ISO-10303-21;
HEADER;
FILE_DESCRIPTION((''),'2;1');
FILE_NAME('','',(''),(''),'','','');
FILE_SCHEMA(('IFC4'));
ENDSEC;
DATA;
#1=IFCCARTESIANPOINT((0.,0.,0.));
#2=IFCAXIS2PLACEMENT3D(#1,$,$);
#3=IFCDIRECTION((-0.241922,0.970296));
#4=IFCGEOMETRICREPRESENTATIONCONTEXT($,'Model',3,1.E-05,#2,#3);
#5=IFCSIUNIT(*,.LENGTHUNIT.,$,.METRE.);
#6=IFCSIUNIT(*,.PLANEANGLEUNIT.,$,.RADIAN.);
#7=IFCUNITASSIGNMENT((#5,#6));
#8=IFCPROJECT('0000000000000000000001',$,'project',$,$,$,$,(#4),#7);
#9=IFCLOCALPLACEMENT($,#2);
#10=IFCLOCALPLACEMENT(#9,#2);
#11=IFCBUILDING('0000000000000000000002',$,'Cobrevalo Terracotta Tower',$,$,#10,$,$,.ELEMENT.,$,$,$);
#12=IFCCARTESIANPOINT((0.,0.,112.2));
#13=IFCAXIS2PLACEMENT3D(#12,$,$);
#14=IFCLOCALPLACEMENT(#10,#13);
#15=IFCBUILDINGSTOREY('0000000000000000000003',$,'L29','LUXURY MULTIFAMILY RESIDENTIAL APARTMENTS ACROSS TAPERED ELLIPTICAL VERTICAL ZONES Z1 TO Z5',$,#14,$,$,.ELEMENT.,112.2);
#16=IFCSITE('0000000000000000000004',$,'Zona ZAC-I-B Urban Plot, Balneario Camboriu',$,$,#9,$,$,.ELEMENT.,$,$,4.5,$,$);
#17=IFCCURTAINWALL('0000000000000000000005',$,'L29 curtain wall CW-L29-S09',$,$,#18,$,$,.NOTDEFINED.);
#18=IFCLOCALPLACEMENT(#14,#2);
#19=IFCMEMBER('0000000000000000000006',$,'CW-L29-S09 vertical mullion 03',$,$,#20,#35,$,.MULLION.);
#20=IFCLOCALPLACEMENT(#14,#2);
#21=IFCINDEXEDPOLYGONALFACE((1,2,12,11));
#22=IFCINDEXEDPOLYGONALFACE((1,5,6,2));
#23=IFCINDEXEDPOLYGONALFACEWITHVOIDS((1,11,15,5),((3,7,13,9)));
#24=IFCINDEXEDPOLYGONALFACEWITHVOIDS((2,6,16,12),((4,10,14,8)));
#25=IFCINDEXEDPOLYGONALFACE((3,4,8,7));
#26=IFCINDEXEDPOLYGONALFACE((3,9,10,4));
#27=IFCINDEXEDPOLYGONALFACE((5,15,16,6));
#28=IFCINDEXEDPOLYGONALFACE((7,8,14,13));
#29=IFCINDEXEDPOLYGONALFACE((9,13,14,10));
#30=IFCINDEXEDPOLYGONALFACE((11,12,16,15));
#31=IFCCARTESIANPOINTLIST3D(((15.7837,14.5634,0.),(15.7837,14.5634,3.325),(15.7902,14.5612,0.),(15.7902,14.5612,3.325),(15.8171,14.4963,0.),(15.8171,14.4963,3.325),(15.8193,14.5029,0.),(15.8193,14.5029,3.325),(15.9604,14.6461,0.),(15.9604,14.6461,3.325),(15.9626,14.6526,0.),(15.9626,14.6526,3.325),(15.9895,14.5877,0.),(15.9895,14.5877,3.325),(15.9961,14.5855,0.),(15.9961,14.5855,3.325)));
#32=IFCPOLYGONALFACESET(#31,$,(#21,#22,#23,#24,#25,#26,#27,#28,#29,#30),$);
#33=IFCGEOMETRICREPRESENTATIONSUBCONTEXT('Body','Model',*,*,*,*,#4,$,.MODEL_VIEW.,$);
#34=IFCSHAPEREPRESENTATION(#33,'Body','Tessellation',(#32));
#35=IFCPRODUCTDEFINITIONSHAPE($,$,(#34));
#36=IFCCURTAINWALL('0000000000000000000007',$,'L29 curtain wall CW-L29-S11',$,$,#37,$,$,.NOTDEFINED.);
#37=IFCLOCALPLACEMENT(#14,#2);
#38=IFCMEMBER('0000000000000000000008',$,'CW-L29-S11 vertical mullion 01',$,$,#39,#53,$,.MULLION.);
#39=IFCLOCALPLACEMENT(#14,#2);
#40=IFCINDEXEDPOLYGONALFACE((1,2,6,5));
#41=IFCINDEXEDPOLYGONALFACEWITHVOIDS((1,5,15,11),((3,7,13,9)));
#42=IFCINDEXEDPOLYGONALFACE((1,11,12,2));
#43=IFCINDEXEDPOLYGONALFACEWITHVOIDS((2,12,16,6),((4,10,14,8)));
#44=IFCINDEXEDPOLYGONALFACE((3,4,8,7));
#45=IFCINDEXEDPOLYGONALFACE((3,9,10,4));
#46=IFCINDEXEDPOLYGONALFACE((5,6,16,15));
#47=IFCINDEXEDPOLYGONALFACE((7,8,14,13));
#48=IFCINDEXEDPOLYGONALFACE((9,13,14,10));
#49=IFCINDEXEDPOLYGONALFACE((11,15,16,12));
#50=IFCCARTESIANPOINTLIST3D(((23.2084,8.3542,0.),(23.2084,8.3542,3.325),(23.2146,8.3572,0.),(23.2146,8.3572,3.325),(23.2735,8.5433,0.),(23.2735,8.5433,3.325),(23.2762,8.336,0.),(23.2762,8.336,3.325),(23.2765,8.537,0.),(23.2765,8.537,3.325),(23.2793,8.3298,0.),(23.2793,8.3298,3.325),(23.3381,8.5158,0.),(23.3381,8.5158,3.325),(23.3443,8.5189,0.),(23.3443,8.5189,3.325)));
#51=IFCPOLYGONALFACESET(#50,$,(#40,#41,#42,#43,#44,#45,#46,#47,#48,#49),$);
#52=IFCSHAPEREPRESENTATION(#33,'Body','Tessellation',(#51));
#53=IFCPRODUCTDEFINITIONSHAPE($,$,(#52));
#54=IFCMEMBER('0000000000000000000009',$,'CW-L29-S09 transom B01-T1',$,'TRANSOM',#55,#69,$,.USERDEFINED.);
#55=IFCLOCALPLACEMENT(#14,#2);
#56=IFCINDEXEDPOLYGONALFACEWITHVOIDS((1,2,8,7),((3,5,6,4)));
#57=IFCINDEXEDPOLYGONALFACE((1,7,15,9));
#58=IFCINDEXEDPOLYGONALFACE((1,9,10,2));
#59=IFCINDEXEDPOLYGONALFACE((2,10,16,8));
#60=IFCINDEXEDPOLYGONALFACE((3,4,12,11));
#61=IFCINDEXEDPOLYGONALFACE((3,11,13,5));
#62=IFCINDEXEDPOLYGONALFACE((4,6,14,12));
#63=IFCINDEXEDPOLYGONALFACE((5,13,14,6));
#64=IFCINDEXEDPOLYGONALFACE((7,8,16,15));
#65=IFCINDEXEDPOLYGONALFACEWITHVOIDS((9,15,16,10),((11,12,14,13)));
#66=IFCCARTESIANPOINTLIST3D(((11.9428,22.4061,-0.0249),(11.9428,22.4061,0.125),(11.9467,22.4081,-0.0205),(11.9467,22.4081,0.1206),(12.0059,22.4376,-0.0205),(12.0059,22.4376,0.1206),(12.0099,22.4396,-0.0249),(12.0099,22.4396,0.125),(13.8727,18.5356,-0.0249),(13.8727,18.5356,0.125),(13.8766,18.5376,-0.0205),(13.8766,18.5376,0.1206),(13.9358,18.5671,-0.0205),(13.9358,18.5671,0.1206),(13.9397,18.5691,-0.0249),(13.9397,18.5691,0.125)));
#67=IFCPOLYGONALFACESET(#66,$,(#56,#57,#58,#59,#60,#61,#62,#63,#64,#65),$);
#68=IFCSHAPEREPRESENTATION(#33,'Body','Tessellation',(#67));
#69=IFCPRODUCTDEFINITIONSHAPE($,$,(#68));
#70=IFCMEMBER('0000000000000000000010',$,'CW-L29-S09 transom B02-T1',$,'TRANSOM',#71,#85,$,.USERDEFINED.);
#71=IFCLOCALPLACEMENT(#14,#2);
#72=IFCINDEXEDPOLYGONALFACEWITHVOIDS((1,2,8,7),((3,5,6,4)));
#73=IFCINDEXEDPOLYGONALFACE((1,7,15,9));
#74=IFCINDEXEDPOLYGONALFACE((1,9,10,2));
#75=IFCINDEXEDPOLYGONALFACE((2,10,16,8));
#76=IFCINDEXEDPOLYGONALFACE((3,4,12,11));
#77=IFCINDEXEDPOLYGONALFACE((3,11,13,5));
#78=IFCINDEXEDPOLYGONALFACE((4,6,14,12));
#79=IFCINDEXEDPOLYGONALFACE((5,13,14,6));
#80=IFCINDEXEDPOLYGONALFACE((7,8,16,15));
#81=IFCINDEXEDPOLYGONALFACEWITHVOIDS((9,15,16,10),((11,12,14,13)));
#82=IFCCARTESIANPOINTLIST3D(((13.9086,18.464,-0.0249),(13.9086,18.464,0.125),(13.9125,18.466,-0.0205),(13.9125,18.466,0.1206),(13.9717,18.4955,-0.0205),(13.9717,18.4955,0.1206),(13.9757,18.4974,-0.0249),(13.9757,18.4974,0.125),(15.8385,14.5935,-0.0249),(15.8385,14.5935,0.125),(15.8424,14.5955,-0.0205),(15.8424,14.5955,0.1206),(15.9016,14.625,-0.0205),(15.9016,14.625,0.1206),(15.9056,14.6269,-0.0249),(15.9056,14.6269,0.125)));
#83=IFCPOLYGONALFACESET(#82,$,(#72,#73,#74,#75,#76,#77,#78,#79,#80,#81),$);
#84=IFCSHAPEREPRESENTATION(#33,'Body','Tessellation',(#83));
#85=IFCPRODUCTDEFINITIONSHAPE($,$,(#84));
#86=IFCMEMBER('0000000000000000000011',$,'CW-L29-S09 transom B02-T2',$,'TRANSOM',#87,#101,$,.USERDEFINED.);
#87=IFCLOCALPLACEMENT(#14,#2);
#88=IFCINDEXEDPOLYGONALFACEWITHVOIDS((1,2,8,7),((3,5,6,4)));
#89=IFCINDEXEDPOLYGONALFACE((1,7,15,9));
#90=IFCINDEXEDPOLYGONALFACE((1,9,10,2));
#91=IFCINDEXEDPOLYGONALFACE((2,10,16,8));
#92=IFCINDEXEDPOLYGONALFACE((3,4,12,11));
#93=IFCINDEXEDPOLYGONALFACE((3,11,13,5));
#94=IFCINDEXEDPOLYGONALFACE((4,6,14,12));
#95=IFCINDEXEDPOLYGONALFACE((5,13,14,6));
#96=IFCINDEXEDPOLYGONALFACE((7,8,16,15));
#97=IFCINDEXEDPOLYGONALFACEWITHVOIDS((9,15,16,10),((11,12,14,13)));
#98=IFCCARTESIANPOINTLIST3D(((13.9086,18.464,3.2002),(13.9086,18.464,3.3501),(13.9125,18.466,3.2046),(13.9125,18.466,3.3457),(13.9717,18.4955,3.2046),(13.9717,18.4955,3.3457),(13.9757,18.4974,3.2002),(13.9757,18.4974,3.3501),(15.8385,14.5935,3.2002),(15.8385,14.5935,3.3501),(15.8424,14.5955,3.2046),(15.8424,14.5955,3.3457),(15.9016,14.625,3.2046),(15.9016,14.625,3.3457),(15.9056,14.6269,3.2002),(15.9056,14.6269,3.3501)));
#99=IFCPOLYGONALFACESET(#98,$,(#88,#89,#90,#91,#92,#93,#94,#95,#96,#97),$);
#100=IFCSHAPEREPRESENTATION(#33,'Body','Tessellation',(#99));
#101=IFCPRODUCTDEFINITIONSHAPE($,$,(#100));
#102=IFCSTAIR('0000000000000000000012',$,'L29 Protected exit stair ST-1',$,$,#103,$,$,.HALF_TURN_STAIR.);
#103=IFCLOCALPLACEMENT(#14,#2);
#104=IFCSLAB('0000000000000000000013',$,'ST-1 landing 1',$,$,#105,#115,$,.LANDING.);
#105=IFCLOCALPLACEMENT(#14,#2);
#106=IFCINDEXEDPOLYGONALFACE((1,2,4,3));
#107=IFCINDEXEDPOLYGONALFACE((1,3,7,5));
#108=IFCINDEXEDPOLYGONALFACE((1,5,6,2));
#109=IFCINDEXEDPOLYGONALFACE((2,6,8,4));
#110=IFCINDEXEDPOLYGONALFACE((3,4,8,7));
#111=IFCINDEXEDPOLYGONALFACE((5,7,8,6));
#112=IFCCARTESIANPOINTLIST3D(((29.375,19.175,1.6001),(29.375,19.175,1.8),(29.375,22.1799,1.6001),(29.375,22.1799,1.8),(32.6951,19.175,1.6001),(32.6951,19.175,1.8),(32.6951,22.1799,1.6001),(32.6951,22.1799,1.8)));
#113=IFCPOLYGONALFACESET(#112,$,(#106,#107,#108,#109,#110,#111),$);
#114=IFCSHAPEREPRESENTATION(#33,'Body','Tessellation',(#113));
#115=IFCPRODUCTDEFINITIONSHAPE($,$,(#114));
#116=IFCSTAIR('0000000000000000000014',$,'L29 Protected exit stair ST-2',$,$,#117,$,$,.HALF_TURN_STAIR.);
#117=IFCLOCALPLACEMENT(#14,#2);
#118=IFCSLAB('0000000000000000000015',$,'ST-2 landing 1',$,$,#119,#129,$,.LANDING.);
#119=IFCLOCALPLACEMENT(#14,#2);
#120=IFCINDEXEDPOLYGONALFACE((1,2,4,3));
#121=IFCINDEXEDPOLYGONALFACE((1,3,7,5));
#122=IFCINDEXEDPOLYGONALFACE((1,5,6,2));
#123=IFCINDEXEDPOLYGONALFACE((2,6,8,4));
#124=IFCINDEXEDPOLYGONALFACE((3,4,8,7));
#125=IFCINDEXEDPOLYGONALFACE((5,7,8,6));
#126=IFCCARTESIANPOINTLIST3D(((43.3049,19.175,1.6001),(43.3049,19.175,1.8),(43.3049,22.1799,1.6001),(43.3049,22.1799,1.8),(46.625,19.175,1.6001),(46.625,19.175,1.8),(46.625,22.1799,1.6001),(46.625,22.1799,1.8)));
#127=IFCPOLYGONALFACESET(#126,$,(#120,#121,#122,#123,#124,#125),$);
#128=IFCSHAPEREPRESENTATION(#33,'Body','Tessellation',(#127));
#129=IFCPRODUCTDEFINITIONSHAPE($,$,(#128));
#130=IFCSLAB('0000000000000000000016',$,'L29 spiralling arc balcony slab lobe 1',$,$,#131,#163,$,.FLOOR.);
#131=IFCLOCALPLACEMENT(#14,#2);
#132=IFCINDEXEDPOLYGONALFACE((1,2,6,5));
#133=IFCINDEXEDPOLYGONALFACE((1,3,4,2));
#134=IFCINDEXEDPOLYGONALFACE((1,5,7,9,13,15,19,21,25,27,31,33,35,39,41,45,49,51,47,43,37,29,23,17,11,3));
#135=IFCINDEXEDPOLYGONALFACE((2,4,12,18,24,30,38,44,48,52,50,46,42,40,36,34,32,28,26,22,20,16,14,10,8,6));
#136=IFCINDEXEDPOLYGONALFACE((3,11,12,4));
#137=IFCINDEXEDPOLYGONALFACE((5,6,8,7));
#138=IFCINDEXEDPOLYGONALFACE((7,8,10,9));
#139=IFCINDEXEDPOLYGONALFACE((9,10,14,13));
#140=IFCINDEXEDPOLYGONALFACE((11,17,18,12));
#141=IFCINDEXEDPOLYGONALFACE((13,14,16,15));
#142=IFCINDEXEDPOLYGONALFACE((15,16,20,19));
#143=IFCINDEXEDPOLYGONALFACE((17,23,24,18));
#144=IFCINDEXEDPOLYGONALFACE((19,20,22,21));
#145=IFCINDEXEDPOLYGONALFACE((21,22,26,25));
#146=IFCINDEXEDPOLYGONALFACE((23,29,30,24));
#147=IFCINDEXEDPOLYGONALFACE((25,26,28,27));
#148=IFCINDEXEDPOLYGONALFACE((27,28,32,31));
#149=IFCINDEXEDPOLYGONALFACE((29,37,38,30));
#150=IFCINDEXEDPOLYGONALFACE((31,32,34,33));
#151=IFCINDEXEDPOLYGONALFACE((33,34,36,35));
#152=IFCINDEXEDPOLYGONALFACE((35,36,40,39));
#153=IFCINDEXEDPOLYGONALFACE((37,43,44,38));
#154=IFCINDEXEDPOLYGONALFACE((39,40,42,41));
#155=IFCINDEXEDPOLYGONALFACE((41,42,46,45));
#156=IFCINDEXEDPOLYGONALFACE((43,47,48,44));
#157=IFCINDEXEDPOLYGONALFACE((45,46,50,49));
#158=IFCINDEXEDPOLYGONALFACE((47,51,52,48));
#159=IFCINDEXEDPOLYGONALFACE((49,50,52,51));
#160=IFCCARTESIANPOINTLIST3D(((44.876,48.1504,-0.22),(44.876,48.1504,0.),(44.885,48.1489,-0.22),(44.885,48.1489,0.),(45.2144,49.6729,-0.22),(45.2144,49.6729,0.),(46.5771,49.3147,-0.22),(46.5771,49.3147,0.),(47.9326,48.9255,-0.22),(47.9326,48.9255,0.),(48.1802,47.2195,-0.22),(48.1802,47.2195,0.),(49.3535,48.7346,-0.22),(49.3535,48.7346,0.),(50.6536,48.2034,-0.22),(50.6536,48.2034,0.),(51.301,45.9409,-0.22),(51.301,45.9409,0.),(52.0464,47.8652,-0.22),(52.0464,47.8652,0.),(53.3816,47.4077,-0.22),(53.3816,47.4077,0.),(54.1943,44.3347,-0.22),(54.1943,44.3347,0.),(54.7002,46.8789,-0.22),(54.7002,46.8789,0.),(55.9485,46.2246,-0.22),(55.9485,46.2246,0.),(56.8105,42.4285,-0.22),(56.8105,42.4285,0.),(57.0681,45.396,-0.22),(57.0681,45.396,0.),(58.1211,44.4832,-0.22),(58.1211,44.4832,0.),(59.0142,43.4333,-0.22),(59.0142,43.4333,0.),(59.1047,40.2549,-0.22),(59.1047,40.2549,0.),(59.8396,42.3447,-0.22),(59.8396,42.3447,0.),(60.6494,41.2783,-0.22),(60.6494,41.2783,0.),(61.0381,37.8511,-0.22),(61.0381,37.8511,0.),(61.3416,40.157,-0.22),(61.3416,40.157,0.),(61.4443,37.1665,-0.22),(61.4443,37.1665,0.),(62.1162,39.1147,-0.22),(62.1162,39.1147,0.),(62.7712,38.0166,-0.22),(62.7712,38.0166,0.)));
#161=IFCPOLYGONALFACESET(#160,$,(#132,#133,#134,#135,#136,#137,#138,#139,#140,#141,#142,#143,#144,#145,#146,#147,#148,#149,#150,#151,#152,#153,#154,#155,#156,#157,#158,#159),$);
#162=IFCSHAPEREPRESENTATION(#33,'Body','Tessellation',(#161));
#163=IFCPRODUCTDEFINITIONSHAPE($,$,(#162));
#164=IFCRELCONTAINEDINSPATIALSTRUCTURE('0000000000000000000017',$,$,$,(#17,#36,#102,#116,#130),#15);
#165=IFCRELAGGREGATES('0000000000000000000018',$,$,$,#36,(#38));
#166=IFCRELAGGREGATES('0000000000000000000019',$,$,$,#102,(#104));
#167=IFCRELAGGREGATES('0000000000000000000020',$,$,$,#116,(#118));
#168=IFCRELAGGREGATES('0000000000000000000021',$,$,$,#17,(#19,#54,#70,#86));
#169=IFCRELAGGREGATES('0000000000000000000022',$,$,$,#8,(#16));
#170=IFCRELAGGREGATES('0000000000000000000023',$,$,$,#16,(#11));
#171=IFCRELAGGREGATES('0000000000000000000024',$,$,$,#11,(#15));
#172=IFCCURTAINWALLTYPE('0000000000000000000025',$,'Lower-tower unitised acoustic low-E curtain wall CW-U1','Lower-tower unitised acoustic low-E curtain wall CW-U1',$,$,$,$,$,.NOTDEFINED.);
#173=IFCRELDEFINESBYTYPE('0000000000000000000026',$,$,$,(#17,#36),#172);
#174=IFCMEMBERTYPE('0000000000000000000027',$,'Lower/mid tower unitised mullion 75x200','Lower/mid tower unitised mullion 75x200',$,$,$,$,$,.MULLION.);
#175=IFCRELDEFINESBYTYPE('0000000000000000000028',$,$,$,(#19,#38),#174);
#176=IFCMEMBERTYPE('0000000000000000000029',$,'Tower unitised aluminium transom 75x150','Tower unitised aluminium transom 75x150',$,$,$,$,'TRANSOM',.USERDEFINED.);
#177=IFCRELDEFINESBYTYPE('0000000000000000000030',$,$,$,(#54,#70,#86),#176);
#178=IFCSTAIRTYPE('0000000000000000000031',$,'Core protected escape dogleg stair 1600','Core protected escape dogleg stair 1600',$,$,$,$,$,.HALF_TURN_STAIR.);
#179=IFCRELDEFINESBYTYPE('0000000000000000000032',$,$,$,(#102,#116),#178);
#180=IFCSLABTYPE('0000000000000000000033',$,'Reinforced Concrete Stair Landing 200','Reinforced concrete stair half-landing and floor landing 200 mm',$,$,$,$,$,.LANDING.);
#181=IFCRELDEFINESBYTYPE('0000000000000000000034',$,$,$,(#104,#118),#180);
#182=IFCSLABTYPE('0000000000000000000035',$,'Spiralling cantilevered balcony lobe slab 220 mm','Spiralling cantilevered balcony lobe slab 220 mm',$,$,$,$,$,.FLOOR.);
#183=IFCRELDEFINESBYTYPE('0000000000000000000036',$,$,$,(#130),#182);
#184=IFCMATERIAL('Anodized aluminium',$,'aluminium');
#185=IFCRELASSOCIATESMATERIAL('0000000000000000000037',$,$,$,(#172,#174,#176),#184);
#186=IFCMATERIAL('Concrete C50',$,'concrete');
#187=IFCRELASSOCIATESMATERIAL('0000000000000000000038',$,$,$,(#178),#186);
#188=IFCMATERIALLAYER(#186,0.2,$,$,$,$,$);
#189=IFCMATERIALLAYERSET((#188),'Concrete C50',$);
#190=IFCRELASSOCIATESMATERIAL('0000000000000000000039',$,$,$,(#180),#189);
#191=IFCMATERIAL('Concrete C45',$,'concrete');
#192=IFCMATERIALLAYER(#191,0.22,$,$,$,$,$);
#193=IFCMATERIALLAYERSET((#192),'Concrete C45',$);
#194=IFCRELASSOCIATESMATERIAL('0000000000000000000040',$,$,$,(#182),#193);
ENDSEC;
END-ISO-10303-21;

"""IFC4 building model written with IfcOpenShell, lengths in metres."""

from ifc_helpers import new_model, si_unit, direction, frame, origin, origin_2d, place, context, subcontext, project, spatial, polyline, hollow_rectangle, outline, extrude, source, transform, mapped, material, layer, layer_set, material_profile, profile_set, type_object, element, aggregate, save


model = new_model("IFC4")

# Units and contexts
model_context = context("Model", 3, precision=1e-05, world=origin(), true_north=direction((-0.241922, 0.970296)))
body_context = subcontext(model_context, "Body", "Model", "MODEL_VIEW")
ifc_project = project(units=[si_unit("LENGTHUNIT", "METRE"), si_unit("PLANEANGLEUNIT", "RADIAN")], contexts=[model_context])

# Site, building, storey
site_placement = place(None, origin())
site = spatial("IfcSite", under=ifc_project, at=site_placement, Name="Zona ZAC-I-B Urban Plot, Balneario Camboriu", CompositionType="ELEMENT", RefElevation=4.5)
building_placement = place(site_placement, origin())
building = spatial("IfcBuilding", under=site, at=building_placement, Name="Cobrevalo Terracotta Tower", CompositionType="ELEMENT")
storey_placement = place(building_placement, frame((0.0, 0.0, 112.2)))
storey = spatial("IfcBuildingStorey", under=building, at=storey_placement, Name="L29", Description="LUXURY MULTIFAMILY RESIDENTIAL APARTMENTS ACROSS TAPERED ELLIPTICAL VERTICAL ZONES Z1 TO Z5", CompositionType="ELEMENT", Elevation=112.2)

# Curtain wall, member
ifc_material_1 = material(Name="Anodized aluminium", Category="aluminium")
curtain_wall_type = type_object("IfcCurtainWallType", Name="Lower-tower unitised acoustic low-E curtain wall CW-U1", Description="Lower-tower unitised acoustic low-E curtain wall CW-U1", PredefinedType="NOTDEFINED", material=ifc_material_1)
curtain_wall_1_placement = place(storey_placement, origin())
curtain_wall_1 = element("IfcCurtainWall", 1, at=curtain_wall_1_placement, inside=storey, type_object=curtain_wall_type, Name="L29 curtain wall CW-L29-S09", PredefinedType="NOTDEFINED")
ifc_material_profile_1 = material_profile(ifc_material_1, hollow_rectangle(XDim=0.075, YDim=0.2, WallThickness=0.0049, at=origin_2d()), Name="CWM 75x200")
ifc_profile_set_1 = profile_set([ifc_material_profile_1], Name="Anodized aluminium")
member_type_1 = type_object("IfcMemberType", Name="Lower/mid tower unitised mullion 75x200", Description="Lower/mid tower unitised mullion 75x200", PredefinedType="MULLION", material=ifc_profile_set_1)
shared_shape_1 = source(origin(), body_context, "Body", "SweptSolid", [
    extrude(hollow_rectangle(XDim=0.075, YDim=0.2, WallThickness=0.0049, at=origin_2d()), origin(), (0.0, 0.0, 1.0), 3.325),
])
member_1_placement = place(storey_placement, frame((15.8899, 14.5745, 0.0), z_axis=(0.0, 0.0, 1.0), x_axis=(0.44626, -0.894903, 0.0)))
member_1 = element("IfcMember", 2, at=member_1_placement, type_object=member_type_1, Name="CW-L29-S09 vertical mullion 03", PredefinedType="MULLION", context=body_context, shape_type="MappedRepresentation", body=[
    mapped(shared_shape_1, transform((0.0, 0.0, 0.0), scale=1.0)),
])

# Curtain wall, member
curtain_wall_2_placement = place(storey_placement, origin())
curtain_wall_2 = element("IfcCurtainWall", 3, at=curtain_wall_2_placement, inside=storey, type_object=curtain_wall_type, Name="L29 curtain wall CW-L29-S11", PredefinedType="NOTDEFINED")
member_2_placement = place(storey_placement, frame((23.2764, 8.4365, 0.0), z_axis=(0.0, 0.0, 1.0), x_axis=(0.945598, -0.325337, 0.0)))
member_2 = element("IfcMember", 4, at=member_2_placement, type_object=member_type_1, Name="CW-L29-S11 vertical mullion 01", PredefinedType="MULLION", context=body_context, shape_type="MappedRepresentation", body=[
    mapped(shared_shape_1, transform((0.0, 0.0, 0.0), scale=1.0)),
])
aggregate(curtain_wall_2, [member_2])

# Members
ifc_material_profile_2 = material_profile(ifc_material_1, hollow_rectangle(XDim=0.075, YDim=0.1499, WallThickness=0.0044, at=origin_2d()), Name="CWT 75x150")
ifc_profile_set_2 = profile_set([ifc_material_profile_2], Name="Anodized aluminium")
member_type_2 = type_object("IfcMemberType", Name="Tower unitised aluminium transom 75x150", Description="Tower unitised aluminium transom 75x150", ElementType="TRANSOM", PredefinedType="USERDEFINED", material=ifc_profile_set_2)
shared_shape_2 = source(origin(), body_context, "Body", "SweptSolid", [
    extrude(hollow_rectangle(XDim=0.075, YDim=0.1499, WallThickness=0.0044, at=origin_2d()), origin(), (0.0, 0.0, 1.0), 4.325),
])
member_3_placement = place(storey_placement, frame((11.9763, 22.4229, 0.05), z_axis=(0.44622, -0.894923, 0.0), x_axis=(0.894923, 0.44622, 0.0)))
member_3 = element("IfcMember", 5, at=member_3_placement, type_object=member_type_2, Name="CW-L29-S09 transom B01-T1", ObjectType="TRANSOM", PredefinedType="USERDEFINED", context=body_context, shape_type="MappedRepresentation", body=[
    mapped(shared_shape_2, transform((0.0, 0.0, 0.0), scale=1.0)),
])
member_4_placement = place(storey_placement, frame((13.9421, 18.4807, 0.05), z_axis=(0.44622, -0.894923, 0.0), x_axis=(0.894923, 0.44622, 0.0)))
member_4 = element("IfcMember", 6, at=member_4_placement, type_object=member_type_2, Name="CW-L29-S09 transom B02-T1", ObjectType="TRANSOM", PredefinedType="USERDEFINED", context=body_context, shape_type="MappedRepresentation", body=[
    mapped(shared_shape_2, transform((0.0, 0.0, 0.0), scale=1.0)),
])
member_5_placement = place(storey_placement, frame((13.9421, 18.4807, 3.2751), z_axis=(0.44622, -0.894923, 0.0), x_axis=(0.894923, 0.44622, 0.0)))
member_5 = element("IfcMember", 7, at=member_5_placement, type_object=member_type_2, Name="CW-L29-S09 transom B02-T2", ObjectType="TRANSOM", PredefinedType="USERDEFINED", context=body_context, shape_type="MappedRepresentation", body=[
    mapped(shared_shape_2, transform((0.0, 0.0, 0.0), scale=1.0)),
])

# Stairs, slabs
ifc_material_2 = material(Name="Concrete C50", Category="concrete")
stair_type = type_object("IfcStairType", Name="Core protected escape dogleg stair 1600", Description="Core protected escape dogleg stair 1600", PredefinedType="HALF_TURN_STAIR", material=ifc_material_2)
stair_1_placement = place(storey_placement, origin())
stair_1 = element("IfcStair", 8, at=stair_1_placement, inside=storey, type_object=stair_type, Name="L29 Protected exit stair ST-1", PredefinedType="HALF_TURN_STAIR")
ifc_layer_1 = layer(ifc_material_2, 0.2)
ifc_layer_set_1 = layer_set([ifc_layer_1], Name="Concrete C50")
slab_type_1 = type_object("IfcSlabType", Name="Reinforced Concrete Stair Landing 200", Description="Reinforced concrete stair half-landing and floor landing 200 mm", PredefinedType="LANDING", material=ifc_layer_set_1)
slab_1_placement = place(storey_placement, frame((0.0, 0.0, 1.6001)))
slab_1 = element("IfcSlab", 9, at=slab_1_placement, type_object=slab_type_1, Name="ST-1 landing 1", PredefinedType="LANDING", context=body_context, shape_type="SweptSolid", body=[
    extrude(outline(polyline([(29.375, 22.1799), (29.375, 19.175), (32.6951, 19.175), (32.6951, 22.1799), (29.375, 22.1799)])), origin(), (0.0, 0.0, 1.0), 0.2),
])
aggregate(stair_1, [slab_1])
stair_2_placement = place(storey_placement, origin())
stair_2 = element("IfcStair", 10, at=stair_2_placement, inside=storey, type_object=stair_type, Name="L29 Protected exit stair ST-2", PredefinedType="HALF_TURN_STAIR")
slab_2_placement = place(storey_placement, frame((0.0, 0.0, 1.6001)))
slab_2 = element("IfcSlab", 11, at=slab_2_placement, type_object=slab_type_1, Name="ST-2 landing 1", PredefinedType="LANDING", context=body_context, shape_type="SweptSolid", body=[
    extrude(outline(polyline([(43.3049, 22.1799), (43.3049, 19.175), (46.625, 19.175), (46.625, 22.1799), (43.3049, 22.1799)])), origin(), (0.0, 0.0, 1.0), 0.2),
])
aggregate(stair_2, [slab_2])

# Slab
ifc_material_3 = material(Name="Concrete C45", Category="concrete")
ifc_layer_2 = layer(ifc_material_3, 0.22)
ifc_layer_set_2 = layer_set([ifc_layer_2], Name="Concrete C45")
slab_type_2 = type_object("IfcSlabType", Name="Spiralling cantilevered balcony lobe slab 220 mm", Description="Spiralling cantilevered balcony lobe slab 220 mm", PredefinedType="FLOOR", material=ifc_layer_set_2)
slab_3_placement = place(storey_placement, frame((0.0, 0.0, -0.22)))
element("IfcSlab", 12, at=slab_3_placement, inside=storey, type_object=slab_type_2, Name="L29 spiralling arc balcony slab lobe 1", PredefinedType="FLOOR", context=body_context, shape_type="SweptSolid", body=[
    extrude(outline(polyline([(62.7712, 38.0166), (62.1162, 39.1147), (61.3416, 40.157), (60.6494, 41.2783), (59.8396, 42.3447), (59.0142, 43.4333), (58.1211, 44.4832), (57.0681, 45.396), (55.9485, 46.2246), (54.7002, 46.8789), (53.3816, 47.4077), (52.0464, 47.8652), (50.6536, 48.2034), (49.3535, 48.7346), (47.9326, 48.9255), (46.5771, 49.3147), (45.2144, 49.6729), (44.876, 48.1504), (44.885, 48.1489), (48.1802, 47.2195), (51.301, 45.9409), (54.1943, 44.3347), (56.8105, 42.4285), (59.1047, 40.2549), (61.0381, 37.8511), (61.4443, 37.1665), (62.7712, 38.0166)])), origin(), (0.0, 0.0, 1.0), 0.22),
])

aggregate(curtain_wall_1, [member_1, member_3, member_4, member_5])

save(model, "model.ifc")
